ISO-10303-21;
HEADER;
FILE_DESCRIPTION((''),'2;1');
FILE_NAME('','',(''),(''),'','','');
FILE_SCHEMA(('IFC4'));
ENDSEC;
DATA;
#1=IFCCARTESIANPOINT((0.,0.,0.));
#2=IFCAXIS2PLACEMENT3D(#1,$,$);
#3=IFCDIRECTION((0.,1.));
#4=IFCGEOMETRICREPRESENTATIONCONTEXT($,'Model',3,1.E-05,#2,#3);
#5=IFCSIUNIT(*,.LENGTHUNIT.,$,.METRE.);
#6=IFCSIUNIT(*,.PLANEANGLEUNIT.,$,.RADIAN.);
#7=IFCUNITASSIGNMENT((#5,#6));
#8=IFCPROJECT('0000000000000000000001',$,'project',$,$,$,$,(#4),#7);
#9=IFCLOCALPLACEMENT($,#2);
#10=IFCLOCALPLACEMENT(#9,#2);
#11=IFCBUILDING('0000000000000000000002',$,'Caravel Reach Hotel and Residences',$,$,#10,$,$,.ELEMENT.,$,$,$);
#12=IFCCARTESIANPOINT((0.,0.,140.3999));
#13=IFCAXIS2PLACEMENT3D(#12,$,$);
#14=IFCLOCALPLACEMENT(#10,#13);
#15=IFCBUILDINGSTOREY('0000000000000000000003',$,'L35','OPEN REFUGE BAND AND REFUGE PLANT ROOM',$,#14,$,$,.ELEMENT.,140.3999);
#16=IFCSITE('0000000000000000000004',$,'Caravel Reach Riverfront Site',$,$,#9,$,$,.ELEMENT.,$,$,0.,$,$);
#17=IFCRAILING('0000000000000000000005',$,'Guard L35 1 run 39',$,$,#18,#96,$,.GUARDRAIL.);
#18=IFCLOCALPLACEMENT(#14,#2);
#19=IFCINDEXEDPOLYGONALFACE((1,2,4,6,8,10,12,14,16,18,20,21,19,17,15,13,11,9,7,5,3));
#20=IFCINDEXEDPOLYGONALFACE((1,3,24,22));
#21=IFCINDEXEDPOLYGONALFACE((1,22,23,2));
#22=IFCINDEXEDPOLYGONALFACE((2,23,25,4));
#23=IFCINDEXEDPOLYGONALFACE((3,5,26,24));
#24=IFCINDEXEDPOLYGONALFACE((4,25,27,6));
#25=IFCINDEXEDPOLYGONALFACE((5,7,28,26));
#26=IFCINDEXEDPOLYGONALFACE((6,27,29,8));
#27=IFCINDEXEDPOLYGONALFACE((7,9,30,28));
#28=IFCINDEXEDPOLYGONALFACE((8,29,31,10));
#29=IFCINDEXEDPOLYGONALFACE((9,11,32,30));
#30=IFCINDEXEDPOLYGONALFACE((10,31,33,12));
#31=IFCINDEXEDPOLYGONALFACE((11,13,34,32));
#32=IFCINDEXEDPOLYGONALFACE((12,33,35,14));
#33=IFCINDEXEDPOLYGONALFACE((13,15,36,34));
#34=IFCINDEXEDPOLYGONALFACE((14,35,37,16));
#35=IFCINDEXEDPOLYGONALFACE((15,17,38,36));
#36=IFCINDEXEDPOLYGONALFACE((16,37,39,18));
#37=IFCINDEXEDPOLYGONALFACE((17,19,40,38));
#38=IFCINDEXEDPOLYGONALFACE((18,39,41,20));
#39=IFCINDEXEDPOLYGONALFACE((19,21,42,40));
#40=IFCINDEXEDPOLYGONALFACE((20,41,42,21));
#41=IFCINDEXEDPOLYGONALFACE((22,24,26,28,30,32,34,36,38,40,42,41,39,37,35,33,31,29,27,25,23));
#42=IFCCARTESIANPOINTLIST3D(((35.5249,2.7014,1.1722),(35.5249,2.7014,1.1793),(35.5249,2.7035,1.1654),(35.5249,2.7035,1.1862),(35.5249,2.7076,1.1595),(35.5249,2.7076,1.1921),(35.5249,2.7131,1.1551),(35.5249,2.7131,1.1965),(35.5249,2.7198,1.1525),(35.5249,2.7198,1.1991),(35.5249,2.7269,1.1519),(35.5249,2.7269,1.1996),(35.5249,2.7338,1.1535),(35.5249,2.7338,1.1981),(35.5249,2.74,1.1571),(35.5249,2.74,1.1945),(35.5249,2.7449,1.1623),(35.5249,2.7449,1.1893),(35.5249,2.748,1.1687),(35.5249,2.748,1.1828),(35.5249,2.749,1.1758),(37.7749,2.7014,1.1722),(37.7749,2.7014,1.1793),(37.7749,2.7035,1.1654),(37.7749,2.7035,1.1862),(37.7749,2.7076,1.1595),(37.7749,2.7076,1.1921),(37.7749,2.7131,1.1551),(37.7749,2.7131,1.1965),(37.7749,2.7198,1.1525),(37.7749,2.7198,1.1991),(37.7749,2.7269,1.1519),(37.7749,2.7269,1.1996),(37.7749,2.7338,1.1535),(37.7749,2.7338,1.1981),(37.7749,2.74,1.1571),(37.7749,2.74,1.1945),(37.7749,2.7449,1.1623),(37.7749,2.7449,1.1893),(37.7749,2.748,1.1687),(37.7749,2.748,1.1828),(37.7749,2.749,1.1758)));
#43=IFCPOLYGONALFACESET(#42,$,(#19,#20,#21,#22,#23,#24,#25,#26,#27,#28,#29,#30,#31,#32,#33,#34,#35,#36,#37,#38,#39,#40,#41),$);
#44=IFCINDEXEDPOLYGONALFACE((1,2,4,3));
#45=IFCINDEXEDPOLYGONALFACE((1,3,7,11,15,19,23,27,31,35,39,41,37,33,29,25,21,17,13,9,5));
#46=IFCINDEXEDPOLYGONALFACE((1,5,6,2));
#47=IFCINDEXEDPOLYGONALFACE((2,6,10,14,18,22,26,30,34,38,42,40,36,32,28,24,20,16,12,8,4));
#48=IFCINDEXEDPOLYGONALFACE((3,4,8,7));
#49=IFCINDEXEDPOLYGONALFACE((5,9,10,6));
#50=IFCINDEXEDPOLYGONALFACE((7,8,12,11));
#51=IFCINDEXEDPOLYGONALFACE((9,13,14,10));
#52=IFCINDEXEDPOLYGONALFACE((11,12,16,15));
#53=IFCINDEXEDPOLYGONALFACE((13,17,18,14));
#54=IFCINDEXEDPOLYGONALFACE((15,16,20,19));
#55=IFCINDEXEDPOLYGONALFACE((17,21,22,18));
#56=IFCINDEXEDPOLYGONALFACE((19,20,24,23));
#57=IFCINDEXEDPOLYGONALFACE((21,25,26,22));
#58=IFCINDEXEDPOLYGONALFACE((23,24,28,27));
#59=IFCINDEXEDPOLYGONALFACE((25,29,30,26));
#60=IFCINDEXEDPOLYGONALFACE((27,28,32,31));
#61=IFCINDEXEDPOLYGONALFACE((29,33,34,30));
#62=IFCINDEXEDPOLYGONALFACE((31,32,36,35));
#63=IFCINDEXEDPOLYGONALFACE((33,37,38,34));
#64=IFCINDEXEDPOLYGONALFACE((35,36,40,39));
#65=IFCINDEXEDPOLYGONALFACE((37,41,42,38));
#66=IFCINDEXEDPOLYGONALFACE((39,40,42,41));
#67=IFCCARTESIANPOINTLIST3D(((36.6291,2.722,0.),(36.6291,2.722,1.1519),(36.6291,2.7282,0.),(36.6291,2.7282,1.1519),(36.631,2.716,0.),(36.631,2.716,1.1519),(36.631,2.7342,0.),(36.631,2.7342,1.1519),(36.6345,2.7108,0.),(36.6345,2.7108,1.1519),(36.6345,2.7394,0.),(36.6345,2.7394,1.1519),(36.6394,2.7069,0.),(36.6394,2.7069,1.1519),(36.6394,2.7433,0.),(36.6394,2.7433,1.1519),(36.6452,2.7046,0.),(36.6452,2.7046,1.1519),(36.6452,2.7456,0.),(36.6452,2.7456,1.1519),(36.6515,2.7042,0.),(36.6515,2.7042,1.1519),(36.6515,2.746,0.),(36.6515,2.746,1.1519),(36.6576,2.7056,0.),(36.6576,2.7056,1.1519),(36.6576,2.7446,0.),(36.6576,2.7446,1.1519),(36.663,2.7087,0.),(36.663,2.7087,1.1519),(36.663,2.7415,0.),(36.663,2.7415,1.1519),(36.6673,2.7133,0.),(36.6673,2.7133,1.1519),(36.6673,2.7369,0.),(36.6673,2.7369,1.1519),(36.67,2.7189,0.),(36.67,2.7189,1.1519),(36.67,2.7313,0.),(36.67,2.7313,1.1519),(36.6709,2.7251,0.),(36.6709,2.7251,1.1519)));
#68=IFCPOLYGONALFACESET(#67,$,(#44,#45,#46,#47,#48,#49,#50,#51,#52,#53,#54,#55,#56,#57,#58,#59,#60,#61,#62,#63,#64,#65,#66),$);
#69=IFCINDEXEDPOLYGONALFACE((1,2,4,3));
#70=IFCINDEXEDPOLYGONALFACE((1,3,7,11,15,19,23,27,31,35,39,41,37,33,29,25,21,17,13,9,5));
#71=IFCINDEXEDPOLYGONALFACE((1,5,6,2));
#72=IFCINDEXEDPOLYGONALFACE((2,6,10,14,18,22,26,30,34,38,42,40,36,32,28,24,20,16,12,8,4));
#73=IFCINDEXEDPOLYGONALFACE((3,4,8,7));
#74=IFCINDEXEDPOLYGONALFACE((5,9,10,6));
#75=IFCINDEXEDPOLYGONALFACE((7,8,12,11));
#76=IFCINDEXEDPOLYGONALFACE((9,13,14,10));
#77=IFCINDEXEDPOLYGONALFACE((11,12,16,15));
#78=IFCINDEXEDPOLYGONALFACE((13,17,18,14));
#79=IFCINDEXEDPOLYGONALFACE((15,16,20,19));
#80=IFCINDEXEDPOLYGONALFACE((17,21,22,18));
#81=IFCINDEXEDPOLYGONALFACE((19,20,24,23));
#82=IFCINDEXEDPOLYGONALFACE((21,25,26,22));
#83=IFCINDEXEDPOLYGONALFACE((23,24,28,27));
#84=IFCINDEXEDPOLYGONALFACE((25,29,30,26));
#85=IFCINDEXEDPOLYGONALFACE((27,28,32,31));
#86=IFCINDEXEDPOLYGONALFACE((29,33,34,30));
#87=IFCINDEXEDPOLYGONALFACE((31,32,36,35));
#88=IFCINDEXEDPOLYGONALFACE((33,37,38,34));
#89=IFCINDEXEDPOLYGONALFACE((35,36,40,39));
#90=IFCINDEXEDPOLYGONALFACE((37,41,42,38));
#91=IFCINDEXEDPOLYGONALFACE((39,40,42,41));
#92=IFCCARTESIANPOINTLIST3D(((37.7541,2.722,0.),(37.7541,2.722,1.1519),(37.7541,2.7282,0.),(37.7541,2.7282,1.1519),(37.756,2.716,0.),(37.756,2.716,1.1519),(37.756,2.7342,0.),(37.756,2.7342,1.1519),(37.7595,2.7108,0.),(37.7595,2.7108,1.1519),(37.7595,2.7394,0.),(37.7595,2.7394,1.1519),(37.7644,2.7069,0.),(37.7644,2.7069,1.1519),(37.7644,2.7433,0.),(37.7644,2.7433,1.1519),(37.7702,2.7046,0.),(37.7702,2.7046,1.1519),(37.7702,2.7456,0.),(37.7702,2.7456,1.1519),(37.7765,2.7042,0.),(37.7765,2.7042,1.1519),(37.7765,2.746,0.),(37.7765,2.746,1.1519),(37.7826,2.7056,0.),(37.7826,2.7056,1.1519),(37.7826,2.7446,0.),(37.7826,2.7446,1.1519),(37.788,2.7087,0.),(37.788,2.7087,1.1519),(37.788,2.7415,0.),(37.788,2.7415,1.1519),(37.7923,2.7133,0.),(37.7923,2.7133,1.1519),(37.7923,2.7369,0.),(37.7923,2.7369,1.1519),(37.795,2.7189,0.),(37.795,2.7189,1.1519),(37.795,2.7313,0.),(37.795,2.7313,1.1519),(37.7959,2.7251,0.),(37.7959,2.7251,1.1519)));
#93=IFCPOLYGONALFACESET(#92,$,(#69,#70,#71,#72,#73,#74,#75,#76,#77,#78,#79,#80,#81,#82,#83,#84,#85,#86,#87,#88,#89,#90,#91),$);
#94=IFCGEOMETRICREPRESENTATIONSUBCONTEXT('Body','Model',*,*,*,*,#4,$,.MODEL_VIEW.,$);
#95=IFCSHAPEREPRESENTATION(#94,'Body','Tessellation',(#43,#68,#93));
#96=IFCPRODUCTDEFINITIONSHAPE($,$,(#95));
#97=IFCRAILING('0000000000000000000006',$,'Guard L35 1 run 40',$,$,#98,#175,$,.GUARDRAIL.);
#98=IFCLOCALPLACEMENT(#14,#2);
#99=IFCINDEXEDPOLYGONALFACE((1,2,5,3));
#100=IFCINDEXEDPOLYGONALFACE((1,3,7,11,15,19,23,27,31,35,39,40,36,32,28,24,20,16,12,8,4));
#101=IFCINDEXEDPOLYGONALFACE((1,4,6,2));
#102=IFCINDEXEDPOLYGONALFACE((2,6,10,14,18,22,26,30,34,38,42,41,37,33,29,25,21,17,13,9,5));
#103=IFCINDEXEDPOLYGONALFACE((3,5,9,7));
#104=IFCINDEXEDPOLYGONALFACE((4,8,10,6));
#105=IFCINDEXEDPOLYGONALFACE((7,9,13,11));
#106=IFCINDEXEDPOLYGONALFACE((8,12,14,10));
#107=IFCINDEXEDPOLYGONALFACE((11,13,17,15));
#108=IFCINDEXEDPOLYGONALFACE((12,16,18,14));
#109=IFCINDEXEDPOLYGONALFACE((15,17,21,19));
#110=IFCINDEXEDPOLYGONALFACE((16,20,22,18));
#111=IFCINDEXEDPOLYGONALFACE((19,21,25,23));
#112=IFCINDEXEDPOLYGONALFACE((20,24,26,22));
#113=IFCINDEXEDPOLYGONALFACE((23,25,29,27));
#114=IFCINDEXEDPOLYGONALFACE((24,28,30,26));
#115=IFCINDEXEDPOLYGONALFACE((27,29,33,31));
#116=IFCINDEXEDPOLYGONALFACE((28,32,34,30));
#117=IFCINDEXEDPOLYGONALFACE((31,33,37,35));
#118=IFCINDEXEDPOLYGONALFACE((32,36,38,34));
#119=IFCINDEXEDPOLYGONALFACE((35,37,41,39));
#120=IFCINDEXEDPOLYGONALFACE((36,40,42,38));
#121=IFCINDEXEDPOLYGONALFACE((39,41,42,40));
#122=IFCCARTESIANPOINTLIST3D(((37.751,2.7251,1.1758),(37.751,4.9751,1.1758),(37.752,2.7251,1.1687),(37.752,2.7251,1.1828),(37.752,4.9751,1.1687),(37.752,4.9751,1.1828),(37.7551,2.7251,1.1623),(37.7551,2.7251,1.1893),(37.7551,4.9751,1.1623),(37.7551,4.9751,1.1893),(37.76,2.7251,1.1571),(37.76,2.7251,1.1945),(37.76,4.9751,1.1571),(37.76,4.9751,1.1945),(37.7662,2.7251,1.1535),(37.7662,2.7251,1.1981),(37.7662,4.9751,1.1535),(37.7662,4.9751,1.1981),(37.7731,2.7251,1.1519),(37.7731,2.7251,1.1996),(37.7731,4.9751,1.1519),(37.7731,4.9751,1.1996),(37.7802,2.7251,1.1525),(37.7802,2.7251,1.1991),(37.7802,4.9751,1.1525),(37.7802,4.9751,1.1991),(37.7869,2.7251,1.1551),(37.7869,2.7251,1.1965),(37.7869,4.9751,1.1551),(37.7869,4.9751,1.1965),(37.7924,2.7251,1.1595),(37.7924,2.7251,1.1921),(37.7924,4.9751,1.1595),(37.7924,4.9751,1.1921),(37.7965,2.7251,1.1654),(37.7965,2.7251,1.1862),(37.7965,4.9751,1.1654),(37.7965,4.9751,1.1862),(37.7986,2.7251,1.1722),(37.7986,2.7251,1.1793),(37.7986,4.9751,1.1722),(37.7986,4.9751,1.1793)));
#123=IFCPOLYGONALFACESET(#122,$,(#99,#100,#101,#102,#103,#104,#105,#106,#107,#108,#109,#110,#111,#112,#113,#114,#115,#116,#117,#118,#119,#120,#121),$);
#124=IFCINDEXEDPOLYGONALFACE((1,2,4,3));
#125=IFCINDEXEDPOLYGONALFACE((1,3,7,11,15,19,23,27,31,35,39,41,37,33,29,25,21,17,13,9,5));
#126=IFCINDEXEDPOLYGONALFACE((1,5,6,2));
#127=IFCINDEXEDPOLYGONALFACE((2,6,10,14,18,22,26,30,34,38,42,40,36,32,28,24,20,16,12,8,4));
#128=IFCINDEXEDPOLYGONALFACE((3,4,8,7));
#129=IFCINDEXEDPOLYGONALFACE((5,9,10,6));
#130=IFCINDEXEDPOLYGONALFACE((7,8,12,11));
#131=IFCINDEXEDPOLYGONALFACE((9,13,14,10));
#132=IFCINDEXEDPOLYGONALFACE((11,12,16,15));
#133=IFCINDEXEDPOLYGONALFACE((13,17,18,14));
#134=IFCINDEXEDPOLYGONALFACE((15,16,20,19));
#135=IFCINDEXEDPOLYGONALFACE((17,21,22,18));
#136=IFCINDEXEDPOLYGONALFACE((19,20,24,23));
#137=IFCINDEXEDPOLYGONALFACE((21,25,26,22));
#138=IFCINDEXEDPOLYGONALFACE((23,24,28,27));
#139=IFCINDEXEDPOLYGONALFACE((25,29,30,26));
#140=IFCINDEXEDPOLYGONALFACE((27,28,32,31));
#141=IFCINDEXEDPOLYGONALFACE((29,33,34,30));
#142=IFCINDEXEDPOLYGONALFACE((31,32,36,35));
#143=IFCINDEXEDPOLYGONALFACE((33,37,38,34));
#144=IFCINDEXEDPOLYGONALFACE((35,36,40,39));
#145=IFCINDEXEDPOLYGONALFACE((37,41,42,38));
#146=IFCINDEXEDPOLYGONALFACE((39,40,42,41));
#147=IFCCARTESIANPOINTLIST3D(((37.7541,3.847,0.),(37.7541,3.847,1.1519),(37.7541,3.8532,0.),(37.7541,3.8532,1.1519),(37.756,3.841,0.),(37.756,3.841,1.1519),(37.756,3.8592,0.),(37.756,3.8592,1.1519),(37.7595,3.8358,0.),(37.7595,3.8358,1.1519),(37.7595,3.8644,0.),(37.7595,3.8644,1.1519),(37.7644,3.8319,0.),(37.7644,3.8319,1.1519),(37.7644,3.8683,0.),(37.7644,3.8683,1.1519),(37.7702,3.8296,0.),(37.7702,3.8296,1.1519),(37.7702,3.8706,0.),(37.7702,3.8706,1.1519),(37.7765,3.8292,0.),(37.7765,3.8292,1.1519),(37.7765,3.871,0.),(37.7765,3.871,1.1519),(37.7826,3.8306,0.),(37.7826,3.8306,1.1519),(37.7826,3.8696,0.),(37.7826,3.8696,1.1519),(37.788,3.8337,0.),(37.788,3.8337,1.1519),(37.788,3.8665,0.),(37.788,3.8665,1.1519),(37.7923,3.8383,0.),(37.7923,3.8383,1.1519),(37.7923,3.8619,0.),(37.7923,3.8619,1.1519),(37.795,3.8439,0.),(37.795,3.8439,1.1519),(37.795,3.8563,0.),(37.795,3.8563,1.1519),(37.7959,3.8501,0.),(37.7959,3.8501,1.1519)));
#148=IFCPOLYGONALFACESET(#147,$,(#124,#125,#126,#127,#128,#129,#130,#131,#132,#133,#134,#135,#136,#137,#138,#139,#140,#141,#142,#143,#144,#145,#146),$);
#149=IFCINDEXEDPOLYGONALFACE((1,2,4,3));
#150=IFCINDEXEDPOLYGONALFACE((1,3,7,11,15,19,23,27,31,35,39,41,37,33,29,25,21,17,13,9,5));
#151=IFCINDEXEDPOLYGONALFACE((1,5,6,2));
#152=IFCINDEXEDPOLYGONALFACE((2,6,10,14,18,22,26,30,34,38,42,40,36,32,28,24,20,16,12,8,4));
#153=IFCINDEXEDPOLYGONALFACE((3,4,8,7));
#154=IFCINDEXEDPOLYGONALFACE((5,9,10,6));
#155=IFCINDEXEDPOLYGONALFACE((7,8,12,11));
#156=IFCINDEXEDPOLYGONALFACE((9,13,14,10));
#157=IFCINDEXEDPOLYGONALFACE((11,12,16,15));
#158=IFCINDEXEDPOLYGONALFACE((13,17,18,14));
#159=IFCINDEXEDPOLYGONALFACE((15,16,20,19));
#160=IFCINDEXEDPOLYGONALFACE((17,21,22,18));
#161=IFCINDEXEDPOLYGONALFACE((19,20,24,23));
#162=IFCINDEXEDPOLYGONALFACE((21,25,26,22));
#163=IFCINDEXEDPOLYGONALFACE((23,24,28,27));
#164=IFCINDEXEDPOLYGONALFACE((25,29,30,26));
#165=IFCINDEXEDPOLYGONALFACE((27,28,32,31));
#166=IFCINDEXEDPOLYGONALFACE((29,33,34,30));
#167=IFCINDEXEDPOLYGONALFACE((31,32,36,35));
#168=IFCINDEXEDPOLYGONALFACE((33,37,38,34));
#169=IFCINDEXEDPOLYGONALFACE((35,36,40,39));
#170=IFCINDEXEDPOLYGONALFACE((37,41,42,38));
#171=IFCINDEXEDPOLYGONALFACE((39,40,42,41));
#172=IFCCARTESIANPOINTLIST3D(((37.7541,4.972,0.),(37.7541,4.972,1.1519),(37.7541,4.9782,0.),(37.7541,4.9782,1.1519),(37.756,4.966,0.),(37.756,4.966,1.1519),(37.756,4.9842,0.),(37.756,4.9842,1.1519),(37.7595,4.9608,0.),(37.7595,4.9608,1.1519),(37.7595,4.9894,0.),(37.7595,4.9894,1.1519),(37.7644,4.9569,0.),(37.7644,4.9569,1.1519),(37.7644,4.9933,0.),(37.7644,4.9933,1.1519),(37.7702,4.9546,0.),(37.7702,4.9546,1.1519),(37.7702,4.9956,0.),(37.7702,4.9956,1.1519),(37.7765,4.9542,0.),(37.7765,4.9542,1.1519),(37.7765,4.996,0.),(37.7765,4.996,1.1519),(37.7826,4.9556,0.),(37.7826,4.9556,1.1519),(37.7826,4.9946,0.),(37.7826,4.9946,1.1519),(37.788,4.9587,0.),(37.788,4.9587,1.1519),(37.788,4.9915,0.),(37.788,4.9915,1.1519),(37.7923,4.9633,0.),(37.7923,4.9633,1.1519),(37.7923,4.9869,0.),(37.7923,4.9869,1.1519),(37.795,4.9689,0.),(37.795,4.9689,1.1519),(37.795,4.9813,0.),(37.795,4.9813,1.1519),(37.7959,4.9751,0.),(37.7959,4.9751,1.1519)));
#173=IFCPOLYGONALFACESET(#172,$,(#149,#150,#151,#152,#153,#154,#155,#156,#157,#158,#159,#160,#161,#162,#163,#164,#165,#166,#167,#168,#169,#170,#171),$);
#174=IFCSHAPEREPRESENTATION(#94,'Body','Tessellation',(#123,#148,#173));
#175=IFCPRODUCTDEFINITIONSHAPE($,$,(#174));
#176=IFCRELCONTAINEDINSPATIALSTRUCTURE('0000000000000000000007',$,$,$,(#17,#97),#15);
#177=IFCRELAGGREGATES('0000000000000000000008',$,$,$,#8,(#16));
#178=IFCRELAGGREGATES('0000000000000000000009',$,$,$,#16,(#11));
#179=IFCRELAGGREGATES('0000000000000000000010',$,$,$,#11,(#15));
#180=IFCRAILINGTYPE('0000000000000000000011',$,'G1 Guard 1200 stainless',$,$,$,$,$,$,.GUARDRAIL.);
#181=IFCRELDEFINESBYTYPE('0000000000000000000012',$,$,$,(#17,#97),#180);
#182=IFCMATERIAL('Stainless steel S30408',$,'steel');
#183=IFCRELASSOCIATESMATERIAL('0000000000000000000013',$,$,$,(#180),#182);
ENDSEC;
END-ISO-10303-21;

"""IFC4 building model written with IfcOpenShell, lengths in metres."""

from ifc_helpers import new_model, si_unit, direction, frame, origin, origin_2d, place, context, subcontext, project, spatial, circle, extrude, material, type_object, element, save


model = new_model("IFC4")

# Units and contexts
model_context = context("Model", 3, precision=1e-05, world=origin(), true_north=direction((0.0, 1.0)))
body_context = subcontext(model_context, "Body", "Model", "MODEL_VIEW")
ifc_project = project(units=[si_unit("LENGTHUNIT", "METRE"), si_unit("PLANEANGLEUNIT", "RADIAN")], contexts=[model_context])

# Site, building, storey
site_placement = place(None, origin())
site = spatial("IfcSite", under=ifc_project, at=site_placement, Name="Caravel Reach Riverfront Site", CompositionType="ELEMENT", RefElevation=0.0)
building_placement = place(site_placement, origin())
building = spatial("IfcBuilding", under=site, at=building_placement, Name="Caravel Reach Hotel and Residences", CompositionType="ELEMENT")
storey_placement = place(building_placement, frame((0.0, 0.0, 140.3999)))
storey = spatial("IfcBuildingStorey", under=building, at=storey_placement, Name="L35", Description="OPEN REFUGE BAND AND REFUGE PLANT ROOM", CompositionType="ELEMENT", Elevation=140.3999)

# Railings
ifc_material_1 = material(Name="Stainless steel S30408", Category="steel")
railing_type = type_object("IfcRailingType", Name="G1 Guard 1200 stainless", PredefinedType="GUARDRAIL", material=ifc_material_1)
railing_1_placement = place(storey_placement, frame((35.5249, 2.7251, 0.0)))
element("IfcRailing", 1, at=railing_1_placement, inside=storey, type_object=railing_type, Name="Guard L35 1 run 39", PredefinedType="GUARDRAIL", context=body_context, shape_type="SweptSolid", body=[
    extrude(circle(Radius=0.0239, at=origin_2d()), frame((0.0, 0.0, 1.1758), z_axis=(1.0, 0.0, 0.0), x_axis=(0.0, 1.0, 0.0)), (0.0, 0.0, 1.0), 2.25),
    extrude(circle(Radius=0.021, at=origin_2d()), frame((1.125, 0.0, 0.0)), (0.0, 0.0, 1.0), 1.1519),
    extrude(circle(Radius=0.021, at=origin_2d()), frame((2.25, 0.0, 0.0)), (0.0, 0.0, 1.0), 1.1519),
])
railing_2_placement = place(storey_placement, frame((37.7749, 2.7251, 0.0)))
element("IfcRailing", 2, at=railing_2_placement, inside=storey, type_object=railing_type, Name="Guard L35 1 run 40", PredefinedType="GUARDRAIL", context=body_context, shape_type="SweptSolid", body=[
    extrude(circle(Radius=0.0239, at=origin_2d()), frame((0.0, 0.0, 1.1758), z_axis=(0.0, 1.0, 0.0), x_axis=(-1.0, 0.0, 0.0)), (0.0, 0.0, 1.0), 2.25),
    extrude(circle(Radius=0.021, at=origin_2d()), frame((0.0, 1.125, 0.0)), (0.0, 0.0, 1.0), 1.1519),
    extrude(circle(Radius=0.021, at=origin_2d()), frame((0.0, 2.25, 0.0)), (0.0, 0.0, 1.0), 1.1519),
])

save(model, "model.ifc")
